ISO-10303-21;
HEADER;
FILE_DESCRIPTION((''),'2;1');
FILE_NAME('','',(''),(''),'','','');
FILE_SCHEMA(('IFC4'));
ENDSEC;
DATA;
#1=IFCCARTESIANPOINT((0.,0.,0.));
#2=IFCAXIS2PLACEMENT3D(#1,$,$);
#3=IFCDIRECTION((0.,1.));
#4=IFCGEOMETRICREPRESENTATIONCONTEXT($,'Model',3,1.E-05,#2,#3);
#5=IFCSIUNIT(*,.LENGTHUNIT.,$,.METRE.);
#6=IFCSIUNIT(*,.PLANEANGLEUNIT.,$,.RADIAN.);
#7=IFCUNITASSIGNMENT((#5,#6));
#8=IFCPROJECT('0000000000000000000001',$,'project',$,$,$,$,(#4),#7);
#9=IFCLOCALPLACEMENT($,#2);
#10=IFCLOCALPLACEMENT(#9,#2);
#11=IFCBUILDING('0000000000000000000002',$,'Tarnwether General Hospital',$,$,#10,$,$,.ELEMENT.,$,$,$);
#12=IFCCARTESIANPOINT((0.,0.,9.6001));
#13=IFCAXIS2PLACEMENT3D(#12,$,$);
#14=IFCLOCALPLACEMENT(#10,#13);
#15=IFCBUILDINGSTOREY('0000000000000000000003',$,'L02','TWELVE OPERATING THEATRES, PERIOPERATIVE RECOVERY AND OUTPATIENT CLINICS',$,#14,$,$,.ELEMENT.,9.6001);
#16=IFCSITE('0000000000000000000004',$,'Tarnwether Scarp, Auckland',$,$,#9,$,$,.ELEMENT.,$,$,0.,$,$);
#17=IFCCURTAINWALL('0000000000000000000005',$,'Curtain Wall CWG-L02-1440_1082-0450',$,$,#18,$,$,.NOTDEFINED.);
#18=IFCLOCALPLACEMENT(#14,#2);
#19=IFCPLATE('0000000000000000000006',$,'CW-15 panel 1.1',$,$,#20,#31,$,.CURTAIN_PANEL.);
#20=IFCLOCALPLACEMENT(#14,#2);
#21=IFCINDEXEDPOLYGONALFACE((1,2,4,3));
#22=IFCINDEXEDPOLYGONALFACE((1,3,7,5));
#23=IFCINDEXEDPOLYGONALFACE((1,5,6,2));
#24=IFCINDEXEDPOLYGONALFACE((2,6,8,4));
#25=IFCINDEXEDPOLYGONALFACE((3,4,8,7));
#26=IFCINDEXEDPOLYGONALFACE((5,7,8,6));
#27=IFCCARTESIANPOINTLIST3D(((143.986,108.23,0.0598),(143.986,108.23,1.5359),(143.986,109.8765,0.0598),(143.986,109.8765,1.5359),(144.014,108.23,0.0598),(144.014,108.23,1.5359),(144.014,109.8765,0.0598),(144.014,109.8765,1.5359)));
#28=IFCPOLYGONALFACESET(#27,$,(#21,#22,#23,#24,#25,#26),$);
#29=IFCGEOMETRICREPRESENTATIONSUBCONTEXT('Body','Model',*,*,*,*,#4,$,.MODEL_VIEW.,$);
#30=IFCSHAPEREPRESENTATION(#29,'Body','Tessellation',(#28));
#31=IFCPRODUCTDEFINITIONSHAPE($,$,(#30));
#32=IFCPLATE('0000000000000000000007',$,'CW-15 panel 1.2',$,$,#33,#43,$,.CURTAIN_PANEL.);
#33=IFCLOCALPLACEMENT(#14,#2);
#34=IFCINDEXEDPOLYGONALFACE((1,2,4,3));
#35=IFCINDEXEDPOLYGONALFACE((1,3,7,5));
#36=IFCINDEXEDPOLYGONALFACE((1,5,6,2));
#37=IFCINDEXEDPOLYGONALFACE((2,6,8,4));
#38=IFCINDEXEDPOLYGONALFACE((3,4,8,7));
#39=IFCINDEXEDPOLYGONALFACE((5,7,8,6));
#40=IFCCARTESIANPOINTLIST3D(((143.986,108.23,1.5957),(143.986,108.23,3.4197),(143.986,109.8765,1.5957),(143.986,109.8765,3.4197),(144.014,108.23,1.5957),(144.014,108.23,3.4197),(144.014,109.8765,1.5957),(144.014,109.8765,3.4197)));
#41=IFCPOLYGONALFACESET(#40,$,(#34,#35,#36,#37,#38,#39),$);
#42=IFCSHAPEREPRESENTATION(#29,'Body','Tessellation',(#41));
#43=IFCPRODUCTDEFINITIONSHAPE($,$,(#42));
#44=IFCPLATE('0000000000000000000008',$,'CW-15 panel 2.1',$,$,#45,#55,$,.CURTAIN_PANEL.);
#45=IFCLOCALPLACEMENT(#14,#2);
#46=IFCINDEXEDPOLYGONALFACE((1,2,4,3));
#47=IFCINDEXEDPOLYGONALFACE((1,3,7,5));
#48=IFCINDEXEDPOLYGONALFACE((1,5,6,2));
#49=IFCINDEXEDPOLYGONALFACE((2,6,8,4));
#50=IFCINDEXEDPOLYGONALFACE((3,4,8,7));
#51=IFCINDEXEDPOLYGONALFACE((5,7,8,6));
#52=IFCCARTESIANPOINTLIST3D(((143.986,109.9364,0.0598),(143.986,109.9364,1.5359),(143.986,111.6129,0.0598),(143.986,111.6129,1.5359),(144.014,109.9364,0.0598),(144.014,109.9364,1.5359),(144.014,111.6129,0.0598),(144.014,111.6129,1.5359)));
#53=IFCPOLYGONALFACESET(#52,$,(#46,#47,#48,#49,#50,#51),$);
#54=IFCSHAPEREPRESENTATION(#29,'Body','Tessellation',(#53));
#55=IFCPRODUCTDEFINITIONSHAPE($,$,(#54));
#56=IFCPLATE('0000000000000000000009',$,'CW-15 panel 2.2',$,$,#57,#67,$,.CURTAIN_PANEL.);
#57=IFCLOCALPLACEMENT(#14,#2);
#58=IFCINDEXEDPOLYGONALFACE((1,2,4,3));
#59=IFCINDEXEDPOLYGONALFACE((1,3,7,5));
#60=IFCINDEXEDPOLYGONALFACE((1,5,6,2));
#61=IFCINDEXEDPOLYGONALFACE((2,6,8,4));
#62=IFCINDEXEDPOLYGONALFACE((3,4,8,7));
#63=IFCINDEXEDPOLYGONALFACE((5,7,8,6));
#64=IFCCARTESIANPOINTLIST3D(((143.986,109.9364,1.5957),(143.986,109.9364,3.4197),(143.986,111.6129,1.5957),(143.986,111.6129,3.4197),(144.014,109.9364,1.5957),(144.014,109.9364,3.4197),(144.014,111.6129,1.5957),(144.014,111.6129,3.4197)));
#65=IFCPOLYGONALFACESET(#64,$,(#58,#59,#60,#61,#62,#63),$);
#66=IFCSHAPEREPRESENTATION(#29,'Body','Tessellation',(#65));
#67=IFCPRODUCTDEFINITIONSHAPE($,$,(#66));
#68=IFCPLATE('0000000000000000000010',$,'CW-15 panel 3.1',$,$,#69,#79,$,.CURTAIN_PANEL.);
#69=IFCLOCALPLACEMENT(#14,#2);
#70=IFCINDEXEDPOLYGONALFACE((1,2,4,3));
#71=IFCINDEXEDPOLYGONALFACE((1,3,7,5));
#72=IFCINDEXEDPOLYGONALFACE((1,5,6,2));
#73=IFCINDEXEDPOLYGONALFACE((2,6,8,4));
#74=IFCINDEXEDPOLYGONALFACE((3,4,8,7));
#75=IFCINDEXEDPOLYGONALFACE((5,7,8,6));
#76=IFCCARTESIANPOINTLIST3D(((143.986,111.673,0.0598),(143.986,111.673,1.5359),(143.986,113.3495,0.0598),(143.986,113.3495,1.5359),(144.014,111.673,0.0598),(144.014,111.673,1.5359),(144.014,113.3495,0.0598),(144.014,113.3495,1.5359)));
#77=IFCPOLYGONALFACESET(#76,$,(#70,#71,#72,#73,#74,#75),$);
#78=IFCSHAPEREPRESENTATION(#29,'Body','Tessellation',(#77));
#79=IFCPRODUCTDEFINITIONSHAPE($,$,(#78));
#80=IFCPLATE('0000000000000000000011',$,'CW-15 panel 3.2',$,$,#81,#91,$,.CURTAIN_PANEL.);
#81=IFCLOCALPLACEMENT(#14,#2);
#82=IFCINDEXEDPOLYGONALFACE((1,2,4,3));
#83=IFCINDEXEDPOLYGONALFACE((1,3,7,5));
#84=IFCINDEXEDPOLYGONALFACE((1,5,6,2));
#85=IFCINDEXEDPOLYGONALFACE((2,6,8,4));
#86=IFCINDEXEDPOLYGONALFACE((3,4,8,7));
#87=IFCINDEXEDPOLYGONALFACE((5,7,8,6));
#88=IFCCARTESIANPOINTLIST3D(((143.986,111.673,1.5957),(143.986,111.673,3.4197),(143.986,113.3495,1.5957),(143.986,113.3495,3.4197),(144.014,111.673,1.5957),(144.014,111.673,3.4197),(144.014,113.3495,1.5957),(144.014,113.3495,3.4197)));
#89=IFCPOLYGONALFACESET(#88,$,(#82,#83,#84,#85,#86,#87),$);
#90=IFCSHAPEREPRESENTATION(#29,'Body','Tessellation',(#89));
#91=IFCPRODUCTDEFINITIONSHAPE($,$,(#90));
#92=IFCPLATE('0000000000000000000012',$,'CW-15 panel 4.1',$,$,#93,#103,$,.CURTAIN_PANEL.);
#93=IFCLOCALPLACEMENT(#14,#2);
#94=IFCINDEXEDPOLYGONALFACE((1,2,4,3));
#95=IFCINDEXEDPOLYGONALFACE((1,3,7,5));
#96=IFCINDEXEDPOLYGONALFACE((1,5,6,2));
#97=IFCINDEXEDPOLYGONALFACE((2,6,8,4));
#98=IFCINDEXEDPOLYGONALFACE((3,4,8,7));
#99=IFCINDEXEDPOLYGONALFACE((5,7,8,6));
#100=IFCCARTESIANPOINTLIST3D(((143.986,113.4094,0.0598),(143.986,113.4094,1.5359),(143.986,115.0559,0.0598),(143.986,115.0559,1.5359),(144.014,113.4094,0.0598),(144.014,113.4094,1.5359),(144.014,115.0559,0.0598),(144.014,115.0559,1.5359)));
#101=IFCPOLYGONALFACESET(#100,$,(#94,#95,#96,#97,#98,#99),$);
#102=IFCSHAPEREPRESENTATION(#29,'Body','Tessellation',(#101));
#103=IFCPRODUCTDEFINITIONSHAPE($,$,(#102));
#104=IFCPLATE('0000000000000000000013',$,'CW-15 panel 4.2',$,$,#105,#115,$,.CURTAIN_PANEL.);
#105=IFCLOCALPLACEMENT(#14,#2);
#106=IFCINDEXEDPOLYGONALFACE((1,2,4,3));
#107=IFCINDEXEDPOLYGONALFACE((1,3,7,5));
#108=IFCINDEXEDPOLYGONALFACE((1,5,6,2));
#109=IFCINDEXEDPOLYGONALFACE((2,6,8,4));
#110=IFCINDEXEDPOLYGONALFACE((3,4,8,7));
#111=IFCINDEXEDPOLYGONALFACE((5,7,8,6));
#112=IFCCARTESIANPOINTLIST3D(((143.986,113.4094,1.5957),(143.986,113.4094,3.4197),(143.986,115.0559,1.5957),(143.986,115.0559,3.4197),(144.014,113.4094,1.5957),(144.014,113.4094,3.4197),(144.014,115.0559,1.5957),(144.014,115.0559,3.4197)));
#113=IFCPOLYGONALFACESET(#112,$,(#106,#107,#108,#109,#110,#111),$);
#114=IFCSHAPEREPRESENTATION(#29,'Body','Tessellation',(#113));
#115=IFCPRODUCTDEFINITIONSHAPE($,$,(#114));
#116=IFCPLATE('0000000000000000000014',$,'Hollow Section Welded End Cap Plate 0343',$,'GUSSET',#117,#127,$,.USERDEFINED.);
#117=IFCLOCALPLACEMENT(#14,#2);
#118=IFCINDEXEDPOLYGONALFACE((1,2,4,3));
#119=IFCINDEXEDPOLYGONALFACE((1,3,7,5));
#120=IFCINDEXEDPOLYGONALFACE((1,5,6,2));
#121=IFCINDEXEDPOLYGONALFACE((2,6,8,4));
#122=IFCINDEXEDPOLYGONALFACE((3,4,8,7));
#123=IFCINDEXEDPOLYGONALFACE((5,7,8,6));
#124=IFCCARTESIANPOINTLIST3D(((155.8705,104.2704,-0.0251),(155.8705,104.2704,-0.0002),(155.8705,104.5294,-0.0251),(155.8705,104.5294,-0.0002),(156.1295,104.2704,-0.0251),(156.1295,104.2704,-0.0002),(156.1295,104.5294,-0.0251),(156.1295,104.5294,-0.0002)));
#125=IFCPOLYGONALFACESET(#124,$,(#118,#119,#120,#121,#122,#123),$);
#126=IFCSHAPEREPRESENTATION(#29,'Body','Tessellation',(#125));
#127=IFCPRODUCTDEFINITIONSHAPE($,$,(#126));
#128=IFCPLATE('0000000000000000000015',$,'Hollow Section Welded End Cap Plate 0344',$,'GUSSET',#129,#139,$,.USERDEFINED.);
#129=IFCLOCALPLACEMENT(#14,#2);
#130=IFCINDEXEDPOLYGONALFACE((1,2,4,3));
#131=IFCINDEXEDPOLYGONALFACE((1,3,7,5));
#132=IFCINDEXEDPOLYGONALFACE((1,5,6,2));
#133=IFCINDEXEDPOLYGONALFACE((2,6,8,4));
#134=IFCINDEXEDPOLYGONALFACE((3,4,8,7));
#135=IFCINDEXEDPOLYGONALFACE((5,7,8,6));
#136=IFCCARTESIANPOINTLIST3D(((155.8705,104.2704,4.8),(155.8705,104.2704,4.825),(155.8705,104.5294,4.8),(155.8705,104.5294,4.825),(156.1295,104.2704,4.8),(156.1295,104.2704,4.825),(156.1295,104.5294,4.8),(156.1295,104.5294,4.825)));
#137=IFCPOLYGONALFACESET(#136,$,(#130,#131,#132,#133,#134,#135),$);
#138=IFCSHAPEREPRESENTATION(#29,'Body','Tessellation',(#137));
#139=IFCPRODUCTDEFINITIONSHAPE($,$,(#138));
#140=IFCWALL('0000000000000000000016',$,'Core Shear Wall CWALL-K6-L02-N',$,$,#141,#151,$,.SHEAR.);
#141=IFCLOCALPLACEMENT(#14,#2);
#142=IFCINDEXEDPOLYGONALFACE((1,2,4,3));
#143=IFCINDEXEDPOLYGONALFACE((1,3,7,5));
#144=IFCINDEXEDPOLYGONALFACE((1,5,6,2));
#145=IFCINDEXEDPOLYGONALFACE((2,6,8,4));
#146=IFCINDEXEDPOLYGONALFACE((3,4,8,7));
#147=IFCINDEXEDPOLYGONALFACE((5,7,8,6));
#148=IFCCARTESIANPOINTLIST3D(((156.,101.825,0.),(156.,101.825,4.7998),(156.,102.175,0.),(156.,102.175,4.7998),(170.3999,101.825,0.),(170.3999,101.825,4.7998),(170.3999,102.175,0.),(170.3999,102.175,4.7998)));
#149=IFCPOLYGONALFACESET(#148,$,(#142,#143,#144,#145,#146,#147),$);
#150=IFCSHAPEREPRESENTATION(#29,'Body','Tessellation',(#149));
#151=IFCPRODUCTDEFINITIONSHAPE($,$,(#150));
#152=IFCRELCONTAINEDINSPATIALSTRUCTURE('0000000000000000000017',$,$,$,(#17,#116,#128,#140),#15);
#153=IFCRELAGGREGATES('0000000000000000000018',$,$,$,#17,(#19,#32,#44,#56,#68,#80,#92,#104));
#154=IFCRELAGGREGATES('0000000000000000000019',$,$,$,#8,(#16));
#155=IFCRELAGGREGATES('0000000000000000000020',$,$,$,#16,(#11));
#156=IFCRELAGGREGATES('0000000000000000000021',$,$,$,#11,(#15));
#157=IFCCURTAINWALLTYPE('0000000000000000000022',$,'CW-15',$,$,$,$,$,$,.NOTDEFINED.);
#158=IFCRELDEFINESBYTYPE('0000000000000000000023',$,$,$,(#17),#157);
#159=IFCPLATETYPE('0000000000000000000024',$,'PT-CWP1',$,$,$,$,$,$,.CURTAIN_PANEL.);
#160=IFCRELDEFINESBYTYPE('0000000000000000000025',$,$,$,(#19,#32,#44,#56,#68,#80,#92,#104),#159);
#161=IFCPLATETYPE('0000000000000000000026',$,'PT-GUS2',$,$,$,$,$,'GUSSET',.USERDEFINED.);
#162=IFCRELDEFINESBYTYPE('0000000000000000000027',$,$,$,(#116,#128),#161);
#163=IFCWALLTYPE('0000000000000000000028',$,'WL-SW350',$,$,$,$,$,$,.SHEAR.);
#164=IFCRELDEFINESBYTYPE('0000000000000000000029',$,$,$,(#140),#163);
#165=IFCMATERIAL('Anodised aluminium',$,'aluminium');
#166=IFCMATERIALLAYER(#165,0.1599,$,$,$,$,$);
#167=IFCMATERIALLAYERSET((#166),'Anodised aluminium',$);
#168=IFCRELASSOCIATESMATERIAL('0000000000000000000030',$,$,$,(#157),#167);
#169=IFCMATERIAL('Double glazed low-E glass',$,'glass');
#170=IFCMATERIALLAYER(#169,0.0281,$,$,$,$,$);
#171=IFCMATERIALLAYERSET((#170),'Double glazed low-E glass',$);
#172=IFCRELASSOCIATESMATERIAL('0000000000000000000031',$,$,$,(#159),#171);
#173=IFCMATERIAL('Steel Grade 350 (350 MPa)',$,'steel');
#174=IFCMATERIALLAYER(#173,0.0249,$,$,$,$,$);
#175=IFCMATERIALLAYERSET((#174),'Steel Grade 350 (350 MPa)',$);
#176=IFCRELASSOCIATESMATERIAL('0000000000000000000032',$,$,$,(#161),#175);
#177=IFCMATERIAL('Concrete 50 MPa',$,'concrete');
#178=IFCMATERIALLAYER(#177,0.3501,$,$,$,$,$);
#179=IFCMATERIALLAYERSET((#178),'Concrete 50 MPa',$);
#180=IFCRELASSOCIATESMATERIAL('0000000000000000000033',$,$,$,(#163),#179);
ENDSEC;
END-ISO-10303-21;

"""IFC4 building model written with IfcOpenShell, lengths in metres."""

from ifc_helpers import new_model, si_unit, direction, frame, frame_2d, origin, origin_2d, place, context, subcontext, project, spatial, rectangle, extrude, material, layer, layer_set, type_object, element, aggregate, save


model = new_model("IFC4")

# Units and contexts
model_context = context("Model", 3, precision=1e-05, world=origin(), true_north=direction((0.0, 1.0)))
body_context = subcontext(model_context, "Body", "Model", "MODEL_VIEW")
ifc_project = project(units=[si_unit("LENGTHUNIT", "METRE"), si_unit("PLANEANGLEUNIT", "RADIAN")], contexts=[model_context])

# Site, building, storey
site_placement = place(None, origin())
site = spatial("IfcSite", under=ifc_project, at=site_placement, Name="Tarnwether Scarp, Auckland", CompositionType="ELEMENT", RefElevation=0.0)
building_placement = place(site_placement, origin())
building = spatial("IfcBuilding", under=site, at=building_placement, Name="Tarnwether General Hospital", CompositionType="ELEMENT")
storey_placement = place(building_placement, frame((0.0, 0.0, 9.6001)))
storey = spatial("IfcBuildingStorey", under=building, at=storey_placement, Name="L02", Description="TWELVE OPERATING THEATRES, PERIOPERATIVE RECOVERY AND OUTPATIENT CLINICS", CompositionType="ELEMENT", Elevation=9.6001)

# Curtain wall, plates
ifc_material_1 = material(Name="Anodised aluminium", Category="aluminium")
ifc_layer_1 = layer(ifc_material_1, 0.1599)
ifc_layer_set_1 = layer_set([ifc_layer_1], Name="Anodised aluminium")
curtain_wall_type = type_object("IfcCurtainWallType", Name="CW-15", PredefinedType="NOTDEFINED", material=ifc_layer_set_1)
curtain_wall_placement = place(storey_placement, origin())
curtain_wall = element("IfcCurtainWall", 1, at=curtain_wall_placement, inside=storey, type_object=curtain_wall_type, Name="Curtain Wall CWG-L02-1440_1082-0450", PredefinedType="NOTDEFINED")
ifc_material_2 = material(Name="Double glazed low-E glass", Category="glass")
ifc_layer_2 = layer(ifc_material_2, 0.0281)
ifc_layer_set_2 = layer_set([ifc_layer_2], Name="Double glazed low-E glass")
plate_type_1 = type_object("IfcPlateType", Name="PT-CWP1", PredefinedType="CURTAIN_PANEL", material=ifc_layer_set_2)
plate_1_placement = place(storey_placement, frame((144.0, 109.0532, 0.0598), z_axis=(0.0, 0.0, 1.0), x_axis=(0.0, 1.0, 0.0)))
plate_1 = element("IfcPlate", 2, at=plate_1_placement, type_object=plate_type_1, Name="CW-15 panel 1.1", PredefinedType="CURTAIN_PANEL", context=body_context, shape_type="SweptSolid", body=[
    extrude(rectangle(XDim=1.6465, YDim=0.0281, at=origin_2d()), origin(), (0.0, 0.0, 1.0), 1.4761),
])
plate_2_placement = place(storey_placement, frame((144.0, 109.0532, 1.5957), z_axis=(0.0, 0.0, 1.0), x_axis=(0.0, 1.0, 0.0)))
plate_2 = element("IfcPlate", 3, at=plate_2_placement, type_object=plate_type_1, Name="CW-15 panel 1.2", PredefinedType="CURTAIN_PANEL", context=body_context, shape_type="SweptSolid", body=[
    extrude(rectangle(XDim=1.6465, YDim=0.0281, at=origin_2d()), origin(), (0.0, 0.0, 1.0), 1.824),
])
plate_3_placement = place(storey_placement, frame((144.0, 110.7747, 0.0598), z_axis=(0.0, 0.0, 1.0), x_axis=(0.0, 1.0, 0.0)))
plate_3 = element("IfcPlate", 4, at=plate_3_placement, type_object=plate_type_1, Name="CW-15 panel 2.1", PredefinedType="CURTAIN_PANEL", context=body_context, shape_type="SweptSolid", body=[
    extrude(rectangle(XDim=1.6765, YDim=0.0281, at=origin_2d()), origin(), (0.0, 0.0, 1.0), 1.4761),
])
plate_4_placement = place(storey_placement, frame((144.0, 110.7747, 1.5957), z_axis=(0.0, 0.0, 1.0), x_axis=(0.0, 1.0, 0.0)))
plate_4 = element("IfcPlate", 5, at=plate_4_placement, type_object=plate_type_1, Name="CW-15 panel 2.2", PredefinedType="CURTAIN_PANEL", context=body_context, shape_type="SweptSolid", body=[
    extrude(rectangle(XDim=1.6765, YDim=0.0281, at=origin_2d()), origin(), (0.0, 0.0, 1.0), 1.824),
])
plate_5_placement = place(storey_placement, frame((144.0, 112.5112, 0.0598), z_axis=(0.0, 0.0, 1.0), x_axis=(0.0, 1.0, 0.0)))
plate_5 = element("IfcPlate", 6, at=plate_5_placement, type_object=plate_type_1, Name="CW-15 panel 3.1", PredefinedType="CURTAIN_PANEL", context=body_context, shape_type="SweptSolid", body=[
    extrude(rectangle(XDim=1.6765, YDim=0.0281, at=origin_2d()), origin(), (0.0, 0.0, 1.0), 1.4761),
])
plate_6_placement = place(storey_placement, frame((144.0, 112.5112, 1.5957), z_axis=(0.0, 0.0, 1.0), x_axis=(0.0, 1.0, 0.0)))
plate_6 = element("IfcPlate", 7, at=plate_6_placement, type_object=plate_type_1, Name="CW-15 panel 3.2", PredefinedType="CURTAIN_PANEL", context=body_context, shape_type="SweptSolid", body=[
    extrude(rectangle(XDim=1.6765, YDim=0.0281, at=origin_2d()), origin(), (0.0, 0.0, 1.0), 1.824),
])
plate_7_placement = place(storey_placement, frame((144.0, 114.2327, 0.0598), z_axis=(0.0, 0.0, 1.0), x_axis=(0.0, 1.0, 0.0)))
plate_7 = element("IfcPlate", 8, at=plate_7_placement, type_object=plate_type_1, Name="CW-15 panel 4.1", PredefinedType="CURTAIN_PANEL", context=body_context, shape_type="SweptSolid", body=[
    extrude(rectangle(XDim=1.6465, YDim=0.0281, at=origin_2d()), origin(), (0.0, 0.0, 1.0), 1.4761),
])
plate_8_placement = place(storey_placement, frame((144.0, 114.2327, 1.5957), z_axis=(0.0, 0.0, 1.0), x_axis=(0.0, 1.0, 0.0)))
plate_8 = element("IfcPlate", 9, at=plate_8_placement, type_object=plate_type_1, Name="CW-15 panel 4.2", PredefinedType="CURTAIN_PANEL", context=body_context, shape_type="SweptSolid", body=[
    extrude(rectangle(XDim=1.6465, YDim=0.0281, at=origin_2d()), origin(), (0.0, 0.0, 1.0), 1.824),
])
aggregate(curtain_wall, [plate_1, plate_2, plate_3, plate_4, plate_5, plate_6, plate_7, plate_8])

# Plates
ifc_material_3 = material(Name="Steel Grade 350 (350 MPa)", Category="steel")
ifc_layer_3 = layer(ifc_material_3, 0.0249)
ifc_layer_set_3 = layer_set([ifc_layer_3], Name="Steel Grade 350 (350 MPa)")
plate_type_2 = type_object("IfcPlateType", Name="PT-GUS2", ElementType="GUSSET", PredefinedType="USERDEFINED", material=ifc_layer_set_3)
for number, where, z_axis, x_axis, name in (
    (10, (156.0, 104.3999, -0.0251), (0.0, 0.0, 1.0), (1.0, 0.0, 0.0), "Hollow Section Welded End Cap Plate 0343"),
    (11, (156.0, 104.3999, 4.8), (0.0, 0.0, 1.0), (1.0, 0.0, 0.0), "Hollow Section Welded End Cap Plate 0344"),
):
    element("IfcPlate", number, at=place(storey_placement, frame(where, z_axis=z_axis, x_axis=x_axis)), inside=storey, type_object=plate_type_2, Name=name, ObjectType="GUSSET", PredefinedType="USERDEFINED", context=body_context, shape_type="SweptSolid", body=[
        extrude(rectangle(XDim=0.259, YDim=0.259, at=origin_2d()), origin(), (0.0, 0.0, 1.0), 0.0249),
    ])

# Wall
ifc_material_4 = material(Name="Concrete 50 MPa", Category="concrete")
ifc_layer_4 = layer(ifc_material_4, 0.3501)
ifc_layer_set_4 = layer_set([ifc_layer_4], Name="Concrete 50 MPa")
wall_type = type_object("IfcWallType", Name="WL-SW350", PredefinedType="SHEAR", material=ifc_layer_set_4)
wall_placement = place(storey_placement, frame((156.0, 102.0, 0.0), z_axis=(0.0, 0.0, 1.0), x_axis=(1.0, 0.0, 0.0)))
element("IfcWall", 12, at=wall_placement, inside=storey, type_object=wall_type, Name="Core Shear Wall CWALL-K6-L02-N", PredefinedType="SHEAR", context=body_context, shape_type="SweptSolid", body=[
    extrude(rectangle(XDim=14.3999, YDim=0.3501, at=frame_2d((7.2, 0.0))), origin(), (0.0, 0.0, 1.0), 4.7998),
])

save(model, "model.ifc")
